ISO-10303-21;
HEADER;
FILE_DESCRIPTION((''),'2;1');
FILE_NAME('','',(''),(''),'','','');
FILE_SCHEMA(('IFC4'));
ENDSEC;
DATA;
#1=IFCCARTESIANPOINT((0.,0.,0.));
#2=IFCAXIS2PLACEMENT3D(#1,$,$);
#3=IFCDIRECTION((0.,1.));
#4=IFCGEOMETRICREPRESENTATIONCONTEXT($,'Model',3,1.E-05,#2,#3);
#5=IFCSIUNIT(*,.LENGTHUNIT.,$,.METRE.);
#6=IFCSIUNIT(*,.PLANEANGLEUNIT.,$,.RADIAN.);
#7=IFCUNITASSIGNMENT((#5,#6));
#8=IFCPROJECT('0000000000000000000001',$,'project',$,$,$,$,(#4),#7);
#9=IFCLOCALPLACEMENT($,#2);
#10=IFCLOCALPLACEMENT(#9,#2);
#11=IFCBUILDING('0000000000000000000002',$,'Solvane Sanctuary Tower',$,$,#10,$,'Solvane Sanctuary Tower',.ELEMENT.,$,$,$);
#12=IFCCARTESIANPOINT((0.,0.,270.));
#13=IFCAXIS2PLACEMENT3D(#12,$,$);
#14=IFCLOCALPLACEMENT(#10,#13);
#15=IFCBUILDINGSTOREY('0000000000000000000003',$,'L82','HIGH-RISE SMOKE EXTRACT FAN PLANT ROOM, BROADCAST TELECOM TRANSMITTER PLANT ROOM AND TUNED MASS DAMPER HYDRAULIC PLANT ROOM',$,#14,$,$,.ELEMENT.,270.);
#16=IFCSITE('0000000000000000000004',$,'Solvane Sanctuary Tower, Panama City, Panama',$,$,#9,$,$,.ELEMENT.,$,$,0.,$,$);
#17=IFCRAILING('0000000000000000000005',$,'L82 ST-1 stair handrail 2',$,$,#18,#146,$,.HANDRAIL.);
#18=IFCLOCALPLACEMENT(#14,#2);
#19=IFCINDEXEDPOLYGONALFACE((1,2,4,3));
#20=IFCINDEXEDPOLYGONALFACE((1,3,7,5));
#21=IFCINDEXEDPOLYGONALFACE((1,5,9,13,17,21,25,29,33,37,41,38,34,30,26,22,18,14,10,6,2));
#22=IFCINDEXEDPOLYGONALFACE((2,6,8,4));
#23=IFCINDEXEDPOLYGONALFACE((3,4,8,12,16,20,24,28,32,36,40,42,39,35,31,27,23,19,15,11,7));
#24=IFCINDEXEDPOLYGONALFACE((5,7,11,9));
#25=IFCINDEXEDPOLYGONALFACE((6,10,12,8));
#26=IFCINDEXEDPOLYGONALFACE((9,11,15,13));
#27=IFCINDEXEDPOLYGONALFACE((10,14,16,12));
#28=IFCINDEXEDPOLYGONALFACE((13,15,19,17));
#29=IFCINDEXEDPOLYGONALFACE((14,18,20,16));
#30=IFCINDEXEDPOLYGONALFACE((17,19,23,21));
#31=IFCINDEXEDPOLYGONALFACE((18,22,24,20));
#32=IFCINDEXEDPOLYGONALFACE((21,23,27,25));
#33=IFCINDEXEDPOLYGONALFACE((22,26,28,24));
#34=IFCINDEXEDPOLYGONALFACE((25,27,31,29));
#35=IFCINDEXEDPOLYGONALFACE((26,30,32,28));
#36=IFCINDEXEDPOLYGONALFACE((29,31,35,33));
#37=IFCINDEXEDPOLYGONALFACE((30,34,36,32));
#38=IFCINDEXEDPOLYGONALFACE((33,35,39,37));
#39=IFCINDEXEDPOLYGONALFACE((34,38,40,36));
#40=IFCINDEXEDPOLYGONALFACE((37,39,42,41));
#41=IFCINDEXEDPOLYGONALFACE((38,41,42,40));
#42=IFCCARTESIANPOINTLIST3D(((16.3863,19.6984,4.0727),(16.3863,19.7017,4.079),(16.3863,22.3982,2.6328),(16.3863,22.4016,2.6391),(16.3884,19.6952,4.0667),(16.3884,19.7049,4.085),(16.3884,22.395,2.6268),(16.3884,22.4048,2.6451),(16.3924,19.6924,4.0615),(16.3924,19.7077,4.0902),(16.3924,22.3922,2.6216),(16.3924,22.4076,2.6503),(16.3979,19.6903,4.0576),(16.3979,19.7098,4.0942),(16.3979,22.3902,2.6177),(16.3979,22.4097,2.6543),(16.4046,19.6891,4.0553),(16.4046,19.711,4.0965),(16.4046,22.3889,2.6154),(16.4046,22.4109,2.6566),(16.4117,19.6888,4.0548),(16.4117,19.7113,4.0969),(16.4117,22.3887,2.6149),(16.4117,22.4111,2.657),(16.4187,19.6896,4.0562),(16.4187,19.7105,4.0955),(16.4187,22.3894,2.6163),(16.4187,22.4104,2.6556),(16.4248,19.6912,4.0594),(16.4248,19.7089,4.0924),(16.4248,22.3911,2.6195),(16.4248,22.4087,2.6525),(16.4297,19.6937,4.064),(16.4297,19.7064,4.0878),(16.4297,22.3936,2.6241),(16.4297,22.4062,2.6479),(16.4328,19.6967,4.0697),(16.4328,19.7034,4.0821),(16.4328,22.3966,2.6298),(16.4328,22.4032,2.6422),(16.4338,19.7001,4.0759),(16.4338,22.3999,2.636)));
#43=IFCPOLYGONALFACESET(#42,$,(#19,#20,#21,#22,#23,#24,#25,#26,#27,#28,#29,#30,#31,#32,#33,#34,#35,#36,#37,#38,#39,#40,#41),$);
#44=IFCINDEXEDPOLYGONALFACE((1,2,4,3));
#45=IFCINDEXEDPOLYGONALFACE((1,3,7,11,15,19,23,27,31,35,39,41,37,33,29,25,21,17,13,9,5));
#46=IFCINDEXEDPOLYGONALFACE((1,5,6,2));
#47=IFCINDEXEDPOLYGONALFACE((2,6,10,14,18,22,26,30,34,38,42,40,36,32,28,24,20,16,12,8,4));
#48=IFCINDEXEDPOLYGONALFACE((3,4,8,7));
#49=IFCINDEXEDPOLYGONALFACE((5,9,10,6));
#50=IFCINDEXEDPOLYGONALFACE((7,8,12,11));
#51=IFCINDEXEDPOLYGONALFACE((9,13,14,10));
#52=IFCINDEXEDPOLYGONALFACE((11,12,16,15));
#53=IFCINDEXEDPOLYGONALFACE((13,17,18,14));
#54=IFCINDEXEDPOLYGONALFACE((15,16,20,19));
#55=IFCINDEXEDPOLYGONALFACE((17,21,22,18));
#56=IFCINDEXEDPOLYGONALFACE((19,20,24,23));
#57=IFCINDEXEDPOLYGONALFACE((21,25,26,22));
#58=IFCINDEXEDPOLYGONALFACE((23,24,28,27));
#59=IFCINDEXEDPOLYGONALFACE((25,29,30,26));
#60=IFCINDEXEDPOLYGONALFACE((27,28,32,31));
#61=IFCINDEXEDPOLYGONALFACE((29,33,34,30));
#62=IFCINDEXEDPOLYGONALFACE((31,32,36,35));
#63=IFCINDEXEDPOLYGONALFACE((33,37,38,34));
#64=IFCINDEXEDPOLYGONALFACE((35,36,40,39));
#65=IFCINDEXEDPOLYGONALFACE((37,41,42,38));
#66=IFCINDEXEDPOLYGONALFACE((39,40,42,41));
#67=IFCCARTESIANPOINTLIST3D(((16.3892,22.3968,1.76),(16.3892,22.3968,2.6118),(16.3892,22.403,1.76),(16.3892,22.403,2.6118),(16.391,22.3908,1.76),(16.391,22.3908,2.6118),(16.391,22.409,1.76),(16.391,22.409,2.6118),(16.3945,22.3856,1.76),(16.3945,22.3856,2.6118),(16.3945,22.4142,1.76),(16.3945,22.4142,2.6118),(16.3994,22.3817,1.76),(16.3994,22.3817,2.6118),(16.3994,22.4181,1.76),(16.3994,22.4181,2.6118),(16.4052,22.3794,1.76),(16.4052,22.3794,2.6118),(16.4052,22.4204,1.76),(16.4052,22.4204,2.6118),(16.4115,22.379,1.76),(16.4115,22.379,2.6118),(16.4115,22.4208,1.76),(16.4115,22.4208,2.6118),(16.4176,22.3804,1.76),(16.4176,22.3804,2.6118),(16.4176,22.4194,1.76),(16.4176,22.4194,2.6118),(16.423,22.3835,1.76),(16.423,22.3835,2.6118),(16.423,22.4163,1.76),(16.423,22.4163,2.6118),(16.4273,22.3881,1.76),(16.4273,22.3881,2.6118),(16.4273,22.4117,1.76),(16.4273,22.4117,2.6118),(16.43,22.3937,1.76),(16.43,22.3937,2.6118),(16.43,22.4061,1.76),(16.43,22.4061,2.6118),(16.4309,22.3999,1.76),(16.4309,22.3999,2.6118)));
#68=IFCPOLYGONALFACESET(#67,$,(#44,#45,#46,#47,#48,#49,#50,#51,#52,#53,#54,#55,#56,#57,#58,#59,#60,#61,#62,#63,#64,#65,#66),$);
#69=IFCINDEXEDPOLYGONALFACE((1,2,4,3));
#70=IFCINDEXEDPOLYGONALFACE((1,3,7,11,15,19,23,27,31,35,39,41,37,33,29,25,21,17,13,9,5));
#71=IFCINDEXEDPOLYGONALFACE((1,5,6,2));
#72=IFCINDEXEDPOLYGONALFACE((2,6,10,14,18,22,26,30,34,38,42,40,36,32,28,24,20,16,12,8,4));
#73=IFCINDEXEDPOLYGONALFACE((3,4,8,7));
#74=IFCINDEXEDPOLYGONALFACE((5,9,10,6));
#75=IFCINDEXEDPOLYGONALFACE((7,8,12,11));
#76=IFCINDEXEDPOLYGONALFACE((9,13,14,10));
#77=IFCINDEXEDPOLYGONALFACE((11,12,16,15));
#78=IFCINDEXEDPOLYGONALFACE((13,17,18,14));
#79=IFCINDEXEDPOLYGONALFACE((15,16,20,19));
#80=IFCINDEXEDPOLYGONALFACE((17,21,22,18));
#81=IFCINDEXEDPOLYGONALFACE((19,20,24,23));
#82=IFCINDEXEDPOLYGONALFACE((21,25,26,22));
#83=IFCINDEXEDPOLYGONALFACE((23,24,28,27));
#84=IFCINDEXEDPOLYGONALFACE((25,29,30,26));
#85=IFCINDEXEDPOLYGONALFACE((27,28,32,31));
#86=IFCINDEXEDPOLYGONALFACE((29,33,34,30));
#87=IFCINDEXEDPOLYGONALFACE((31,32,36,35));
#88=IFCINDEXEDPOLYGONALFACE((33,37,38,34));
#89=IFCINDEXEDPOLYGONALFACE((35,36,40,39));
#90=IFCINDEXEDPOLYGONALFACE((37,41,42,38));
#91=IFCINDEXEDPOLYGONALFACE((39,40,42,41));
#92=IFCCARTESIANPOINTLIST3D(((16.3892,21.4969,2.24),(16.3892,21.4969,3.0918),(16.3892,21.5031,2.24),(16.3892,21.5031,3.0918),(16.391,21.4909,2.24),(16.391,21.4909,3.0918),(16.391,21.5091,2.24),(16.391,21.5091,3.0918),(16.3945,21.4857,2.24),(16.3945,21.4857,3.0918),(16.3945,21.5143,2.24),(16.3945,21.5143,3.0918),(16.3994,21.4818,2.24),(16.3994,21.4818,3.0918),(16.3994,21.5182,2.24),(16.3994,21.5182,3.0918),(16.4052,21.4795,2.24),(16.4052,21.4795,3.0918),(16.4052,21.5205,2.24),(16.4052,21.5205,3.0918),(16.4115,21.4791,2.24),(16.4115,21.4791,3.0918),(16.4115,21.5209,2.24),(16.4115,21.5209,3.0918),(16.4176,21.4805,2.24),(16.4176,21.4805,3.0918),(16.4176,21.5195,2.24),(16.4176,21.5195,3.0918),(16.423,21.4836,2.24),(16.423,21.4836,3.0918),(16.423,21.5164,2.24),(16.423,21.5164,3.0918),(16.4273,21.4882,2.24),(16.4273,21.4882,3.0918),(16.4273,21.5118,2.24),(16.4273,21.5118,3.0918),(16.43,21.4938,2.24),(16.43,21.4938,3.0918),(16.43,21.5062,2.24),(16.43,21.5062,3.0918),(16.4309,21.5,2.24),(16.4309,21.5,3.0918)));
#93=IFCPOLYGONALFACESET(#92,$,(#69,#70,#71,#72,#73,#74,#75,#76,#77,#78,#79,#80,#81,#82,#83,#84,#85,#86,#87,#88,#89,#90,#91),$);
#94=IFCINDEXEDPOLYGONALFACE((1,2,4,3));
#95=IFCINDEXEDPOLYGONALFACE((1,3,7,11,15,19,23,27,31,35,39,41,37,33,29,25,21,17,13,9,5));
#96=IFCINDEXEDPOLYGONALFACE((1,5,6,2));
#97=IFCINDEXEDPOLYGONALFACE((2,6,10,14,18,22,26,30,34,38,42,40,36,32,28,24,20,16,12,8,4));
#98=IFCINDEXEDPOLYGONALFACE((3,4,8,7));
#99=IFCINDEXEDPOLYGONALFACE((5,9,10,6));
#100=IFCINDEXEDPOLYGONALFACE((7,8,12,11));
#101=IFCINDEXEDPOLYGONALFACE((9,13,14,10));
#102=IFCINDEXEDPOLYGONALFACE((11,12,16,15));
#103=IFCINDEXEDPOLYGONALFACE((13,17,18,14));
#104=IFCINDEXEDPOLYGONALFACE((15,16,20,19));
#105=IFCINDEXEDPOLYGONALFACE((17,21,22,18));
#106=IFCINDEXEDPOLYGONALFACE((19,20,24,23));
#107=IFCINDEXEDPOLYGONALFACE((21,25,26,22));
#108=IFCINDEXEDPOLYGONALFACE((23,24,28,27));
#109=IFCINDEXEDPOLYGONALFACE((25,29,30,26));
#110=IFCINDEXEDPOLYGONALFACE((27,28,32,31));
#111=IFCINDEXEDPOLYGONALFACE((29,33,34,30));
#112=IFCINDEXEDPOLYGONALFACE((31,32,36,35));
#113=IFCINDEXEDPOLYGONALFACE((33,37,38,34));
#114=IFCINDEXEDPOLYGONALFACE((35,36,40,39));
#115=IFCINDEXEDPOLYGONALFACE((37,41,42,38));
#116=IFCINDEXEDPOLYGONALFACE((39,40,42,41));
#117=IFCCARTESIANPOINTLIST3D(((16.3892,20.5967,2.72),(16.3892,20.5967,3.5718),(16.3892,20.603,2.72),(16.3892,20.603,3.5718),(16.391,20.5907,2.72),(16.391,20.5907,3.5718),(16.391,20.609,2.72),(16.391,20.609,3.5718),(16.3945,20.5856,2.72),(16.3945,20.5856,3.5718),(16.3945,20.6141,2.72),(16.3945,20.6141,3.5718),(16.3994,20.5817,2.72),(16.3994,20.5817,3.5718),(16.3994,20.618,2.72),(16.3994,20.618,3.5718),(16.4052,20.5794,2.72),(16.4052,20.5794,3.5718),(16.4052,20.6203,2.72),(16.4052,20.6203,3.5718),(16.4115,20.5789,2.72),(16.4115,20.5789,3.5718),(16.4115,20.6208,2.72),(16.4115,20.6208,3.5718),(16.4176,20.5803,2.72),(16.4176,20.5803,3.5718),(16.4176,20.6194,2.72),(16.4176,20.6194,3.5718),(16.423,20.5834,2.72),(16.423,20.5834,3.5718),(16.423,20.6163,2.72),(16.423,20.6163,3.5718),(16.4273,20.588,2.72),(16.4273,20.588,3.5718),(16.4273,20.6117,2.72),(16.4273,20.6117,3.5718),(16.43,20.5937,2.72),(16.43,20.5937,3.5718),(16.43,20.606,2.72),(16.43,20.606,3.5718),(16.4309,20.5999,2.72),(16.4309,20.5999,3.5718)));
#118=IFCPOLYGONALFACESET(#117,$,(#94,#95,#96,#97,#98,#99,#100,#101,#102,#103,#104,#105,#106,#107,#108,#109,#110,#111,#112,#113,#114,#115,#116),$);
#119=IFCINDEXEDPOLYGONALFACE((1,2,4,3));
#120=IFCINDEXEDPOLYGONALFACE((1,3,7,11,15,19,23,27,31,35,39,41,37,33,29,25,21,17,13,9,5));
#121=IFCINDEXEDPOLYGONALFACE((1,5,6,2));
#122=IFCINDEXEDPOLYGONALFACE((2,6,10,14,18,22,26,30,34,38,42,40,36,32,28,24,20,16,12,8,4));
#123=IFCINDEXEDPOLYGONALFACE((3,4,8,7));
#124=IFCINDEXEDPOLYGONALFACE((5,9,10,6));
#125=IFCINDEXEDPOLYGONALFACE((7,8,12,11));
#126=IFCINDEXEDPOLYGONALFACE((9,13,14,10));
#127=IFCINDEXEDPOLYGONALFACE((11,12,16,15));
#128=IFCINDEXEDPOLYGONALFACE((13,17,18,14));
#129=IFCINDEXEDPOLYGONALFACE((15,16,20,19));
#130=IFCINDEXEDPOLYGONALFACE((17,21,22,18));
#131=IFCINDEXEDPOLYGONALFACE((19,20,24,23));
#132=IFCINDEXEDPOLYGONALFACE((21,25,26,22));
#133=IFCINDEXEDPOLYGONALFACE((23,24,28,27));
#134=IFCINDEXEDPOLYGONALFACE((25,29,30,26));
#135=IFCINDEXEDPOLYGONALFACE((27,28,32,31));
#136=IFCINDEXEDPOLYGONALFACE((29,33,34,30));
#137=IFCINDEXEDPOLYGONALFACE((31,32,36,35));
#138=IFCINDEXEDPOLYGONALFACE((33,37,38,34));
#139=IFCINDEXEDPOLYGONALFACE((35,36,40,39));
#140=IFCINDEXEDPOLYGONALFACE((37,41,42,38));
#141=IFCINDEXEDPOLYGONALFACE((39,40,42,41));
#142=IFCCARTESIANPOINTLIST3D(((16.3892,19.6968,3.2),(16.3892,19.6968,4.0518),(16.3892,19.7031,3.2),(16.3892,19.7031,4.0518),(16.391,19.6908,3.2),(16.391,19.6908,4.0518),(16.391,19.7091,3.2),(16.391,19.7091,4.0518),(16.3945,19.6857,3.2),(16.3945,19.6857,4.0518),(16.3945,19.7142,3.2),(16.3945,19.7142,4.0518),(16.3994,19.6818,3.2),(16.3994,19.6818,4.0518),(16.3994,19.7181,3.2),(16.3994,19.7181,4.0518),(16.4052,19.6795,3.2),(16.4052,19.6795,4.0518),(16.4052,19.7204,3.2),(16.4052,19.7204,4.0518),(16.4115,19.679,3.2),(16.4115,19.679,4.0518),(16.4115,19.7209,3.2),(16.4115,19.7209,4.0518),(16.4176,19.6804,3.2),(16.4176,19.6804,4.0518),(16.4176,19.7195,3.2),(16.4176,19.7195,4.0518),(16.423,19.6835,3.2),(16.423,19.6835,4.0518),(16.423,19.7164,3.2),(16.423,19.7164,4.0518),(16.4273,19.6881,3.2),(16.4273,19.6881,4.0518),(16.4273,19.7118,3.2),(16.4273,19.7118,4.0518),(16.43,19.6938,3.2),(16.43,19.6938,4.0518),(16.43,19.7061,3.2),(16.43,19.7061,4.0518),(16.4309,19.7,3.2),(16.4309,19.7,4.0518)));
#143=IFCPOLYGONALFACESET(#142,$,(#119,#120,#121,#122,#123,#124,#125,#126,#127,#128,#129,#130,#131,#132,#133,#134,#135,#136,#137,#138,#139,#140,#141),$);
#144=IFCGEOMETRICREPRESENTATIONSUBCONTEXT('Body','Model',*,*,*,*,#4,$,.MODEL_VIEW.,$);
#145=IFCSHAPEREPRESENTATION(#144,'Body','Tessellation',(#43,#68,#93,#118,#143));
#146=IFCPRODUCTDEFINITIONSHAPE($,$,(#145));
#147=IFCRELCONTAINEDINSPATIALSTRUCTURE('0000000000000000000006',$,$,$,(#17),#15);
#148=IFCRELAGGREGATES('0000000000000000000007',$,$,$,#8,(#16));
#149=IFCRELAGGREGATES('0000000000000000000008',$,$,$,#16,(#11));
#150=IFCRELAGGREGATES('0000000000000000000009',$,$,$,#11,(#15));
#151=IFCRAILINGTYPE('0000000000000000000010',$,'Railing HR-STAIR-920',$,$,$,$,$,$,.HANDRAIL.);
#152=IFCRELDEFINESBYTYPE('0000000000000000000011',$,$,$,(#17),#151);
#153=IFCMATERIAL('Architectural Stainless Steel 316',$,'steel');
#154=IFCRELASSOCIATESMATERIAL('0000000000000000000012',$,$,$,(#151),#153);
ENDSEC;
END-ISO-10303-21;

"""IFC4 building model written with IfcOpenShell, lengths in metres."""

from ifc_helpers import new_model, si_unit, direction, frame, origin, origin_2d, place, context, subcontext, project, spatial, circle, extrude, material, type_object, element, save


model = new_model("IFC4")

# Units and contexts
model_context = context("Model", 3, precision=1e-05, world=origin(), true_north=direction((0.0, 1.0)))
body_context = subcontext(model_context, "Body", "Model", "MODEL_VIEW")
ifc_project = project(units=[si_unit("LENGTHUNIT", "METRE"), si_unit("PLANEANGLEUNIT", "RADIAN")], contexts=[model_context])

# Site, building, storey
site_placement = place(None, origin())
site = spatial("IfcSite", under=ifc_project, at=site_placement, Name="Solvane Sanctuary Tower, Panama City, Panama", CompositionType="ELEMENT", RefElevation=0.0)
building_placement = place(site_placement, origin())
building = spatial("IfcBuilding", under=site, at=building_placement, Name="Solvane Sanctuary Tower", LongName="Solvane Sanctuary Tower", CompositionType="ELEMENT")
storey_placement = place(building_placement, frame((0.0, 0.0, 270.0)))
storey = spatial("IfcBuildingStorey", under=building, at=storey_placement, Name="L82", Description="HIGH-RISE SMOKE EXTRACT FAN PLANT ROOM, BROADCAST TELECOM TRANSMITTER PLANT ROOM AND TUNED MASS DAMPER HYDRAULIC PLANT ROOM", CompositionType="ELEMENT", Elevation=270.0)

# Shared definitions
ifc_material_1 = material(Name="Architectural Stainless Steel 316", Category="steel")

# Railing
railing_type_1 = type_object("IfcRailingType", Name="Railing HR-STAIR-920", PredefinedType="HANDRAIL", material=ifc_material_1)
railing_1_placement = place(storey_placement, frame((16.4099, 22.3999, 1.76)))
element("IfcRailing", 1, at=railing_1_placement, inside=storey, type_object=railing_type_1, Name="L82 ST-1 stair handrail 2", PredefinedType="HANDRAIL", context=body_context, shape_type="SweptSolid", body=[
    extrude(circle(Radius=0.0239, at=origin_2d()), frame((0.0, 0.0, 0.876), z_axis=(0.0, -0.882357, 0.47058), x_axis=(1.0, 0.0, 0.0)), (0.0, 0.0, 1.0), 3.0598),
    extrude(circle(Radius=0.021, at=origin_2d()), origin(), (0.0, 0.0, 1.0), 0.8518),
    extrude(circle(Radius=0.021, at=origin_2d()), frame((0.0, -0.8999, 0.48)), (0.0, 0.0, 1.0), 0.8518),
    extrude(circle(Radius=0.021, at=origin_2d()), frame((0.0, -1.8, 0.96)), (0.0, 0.0, 1.0), 0.8518),
    extrude(circle(Radius=0.021, at=origin_2d()), frame((0.0, -2.7, 1.4399)), (0.0, 0.0, 1.0), 0.8518),
])

save(model, "model.ifc")
